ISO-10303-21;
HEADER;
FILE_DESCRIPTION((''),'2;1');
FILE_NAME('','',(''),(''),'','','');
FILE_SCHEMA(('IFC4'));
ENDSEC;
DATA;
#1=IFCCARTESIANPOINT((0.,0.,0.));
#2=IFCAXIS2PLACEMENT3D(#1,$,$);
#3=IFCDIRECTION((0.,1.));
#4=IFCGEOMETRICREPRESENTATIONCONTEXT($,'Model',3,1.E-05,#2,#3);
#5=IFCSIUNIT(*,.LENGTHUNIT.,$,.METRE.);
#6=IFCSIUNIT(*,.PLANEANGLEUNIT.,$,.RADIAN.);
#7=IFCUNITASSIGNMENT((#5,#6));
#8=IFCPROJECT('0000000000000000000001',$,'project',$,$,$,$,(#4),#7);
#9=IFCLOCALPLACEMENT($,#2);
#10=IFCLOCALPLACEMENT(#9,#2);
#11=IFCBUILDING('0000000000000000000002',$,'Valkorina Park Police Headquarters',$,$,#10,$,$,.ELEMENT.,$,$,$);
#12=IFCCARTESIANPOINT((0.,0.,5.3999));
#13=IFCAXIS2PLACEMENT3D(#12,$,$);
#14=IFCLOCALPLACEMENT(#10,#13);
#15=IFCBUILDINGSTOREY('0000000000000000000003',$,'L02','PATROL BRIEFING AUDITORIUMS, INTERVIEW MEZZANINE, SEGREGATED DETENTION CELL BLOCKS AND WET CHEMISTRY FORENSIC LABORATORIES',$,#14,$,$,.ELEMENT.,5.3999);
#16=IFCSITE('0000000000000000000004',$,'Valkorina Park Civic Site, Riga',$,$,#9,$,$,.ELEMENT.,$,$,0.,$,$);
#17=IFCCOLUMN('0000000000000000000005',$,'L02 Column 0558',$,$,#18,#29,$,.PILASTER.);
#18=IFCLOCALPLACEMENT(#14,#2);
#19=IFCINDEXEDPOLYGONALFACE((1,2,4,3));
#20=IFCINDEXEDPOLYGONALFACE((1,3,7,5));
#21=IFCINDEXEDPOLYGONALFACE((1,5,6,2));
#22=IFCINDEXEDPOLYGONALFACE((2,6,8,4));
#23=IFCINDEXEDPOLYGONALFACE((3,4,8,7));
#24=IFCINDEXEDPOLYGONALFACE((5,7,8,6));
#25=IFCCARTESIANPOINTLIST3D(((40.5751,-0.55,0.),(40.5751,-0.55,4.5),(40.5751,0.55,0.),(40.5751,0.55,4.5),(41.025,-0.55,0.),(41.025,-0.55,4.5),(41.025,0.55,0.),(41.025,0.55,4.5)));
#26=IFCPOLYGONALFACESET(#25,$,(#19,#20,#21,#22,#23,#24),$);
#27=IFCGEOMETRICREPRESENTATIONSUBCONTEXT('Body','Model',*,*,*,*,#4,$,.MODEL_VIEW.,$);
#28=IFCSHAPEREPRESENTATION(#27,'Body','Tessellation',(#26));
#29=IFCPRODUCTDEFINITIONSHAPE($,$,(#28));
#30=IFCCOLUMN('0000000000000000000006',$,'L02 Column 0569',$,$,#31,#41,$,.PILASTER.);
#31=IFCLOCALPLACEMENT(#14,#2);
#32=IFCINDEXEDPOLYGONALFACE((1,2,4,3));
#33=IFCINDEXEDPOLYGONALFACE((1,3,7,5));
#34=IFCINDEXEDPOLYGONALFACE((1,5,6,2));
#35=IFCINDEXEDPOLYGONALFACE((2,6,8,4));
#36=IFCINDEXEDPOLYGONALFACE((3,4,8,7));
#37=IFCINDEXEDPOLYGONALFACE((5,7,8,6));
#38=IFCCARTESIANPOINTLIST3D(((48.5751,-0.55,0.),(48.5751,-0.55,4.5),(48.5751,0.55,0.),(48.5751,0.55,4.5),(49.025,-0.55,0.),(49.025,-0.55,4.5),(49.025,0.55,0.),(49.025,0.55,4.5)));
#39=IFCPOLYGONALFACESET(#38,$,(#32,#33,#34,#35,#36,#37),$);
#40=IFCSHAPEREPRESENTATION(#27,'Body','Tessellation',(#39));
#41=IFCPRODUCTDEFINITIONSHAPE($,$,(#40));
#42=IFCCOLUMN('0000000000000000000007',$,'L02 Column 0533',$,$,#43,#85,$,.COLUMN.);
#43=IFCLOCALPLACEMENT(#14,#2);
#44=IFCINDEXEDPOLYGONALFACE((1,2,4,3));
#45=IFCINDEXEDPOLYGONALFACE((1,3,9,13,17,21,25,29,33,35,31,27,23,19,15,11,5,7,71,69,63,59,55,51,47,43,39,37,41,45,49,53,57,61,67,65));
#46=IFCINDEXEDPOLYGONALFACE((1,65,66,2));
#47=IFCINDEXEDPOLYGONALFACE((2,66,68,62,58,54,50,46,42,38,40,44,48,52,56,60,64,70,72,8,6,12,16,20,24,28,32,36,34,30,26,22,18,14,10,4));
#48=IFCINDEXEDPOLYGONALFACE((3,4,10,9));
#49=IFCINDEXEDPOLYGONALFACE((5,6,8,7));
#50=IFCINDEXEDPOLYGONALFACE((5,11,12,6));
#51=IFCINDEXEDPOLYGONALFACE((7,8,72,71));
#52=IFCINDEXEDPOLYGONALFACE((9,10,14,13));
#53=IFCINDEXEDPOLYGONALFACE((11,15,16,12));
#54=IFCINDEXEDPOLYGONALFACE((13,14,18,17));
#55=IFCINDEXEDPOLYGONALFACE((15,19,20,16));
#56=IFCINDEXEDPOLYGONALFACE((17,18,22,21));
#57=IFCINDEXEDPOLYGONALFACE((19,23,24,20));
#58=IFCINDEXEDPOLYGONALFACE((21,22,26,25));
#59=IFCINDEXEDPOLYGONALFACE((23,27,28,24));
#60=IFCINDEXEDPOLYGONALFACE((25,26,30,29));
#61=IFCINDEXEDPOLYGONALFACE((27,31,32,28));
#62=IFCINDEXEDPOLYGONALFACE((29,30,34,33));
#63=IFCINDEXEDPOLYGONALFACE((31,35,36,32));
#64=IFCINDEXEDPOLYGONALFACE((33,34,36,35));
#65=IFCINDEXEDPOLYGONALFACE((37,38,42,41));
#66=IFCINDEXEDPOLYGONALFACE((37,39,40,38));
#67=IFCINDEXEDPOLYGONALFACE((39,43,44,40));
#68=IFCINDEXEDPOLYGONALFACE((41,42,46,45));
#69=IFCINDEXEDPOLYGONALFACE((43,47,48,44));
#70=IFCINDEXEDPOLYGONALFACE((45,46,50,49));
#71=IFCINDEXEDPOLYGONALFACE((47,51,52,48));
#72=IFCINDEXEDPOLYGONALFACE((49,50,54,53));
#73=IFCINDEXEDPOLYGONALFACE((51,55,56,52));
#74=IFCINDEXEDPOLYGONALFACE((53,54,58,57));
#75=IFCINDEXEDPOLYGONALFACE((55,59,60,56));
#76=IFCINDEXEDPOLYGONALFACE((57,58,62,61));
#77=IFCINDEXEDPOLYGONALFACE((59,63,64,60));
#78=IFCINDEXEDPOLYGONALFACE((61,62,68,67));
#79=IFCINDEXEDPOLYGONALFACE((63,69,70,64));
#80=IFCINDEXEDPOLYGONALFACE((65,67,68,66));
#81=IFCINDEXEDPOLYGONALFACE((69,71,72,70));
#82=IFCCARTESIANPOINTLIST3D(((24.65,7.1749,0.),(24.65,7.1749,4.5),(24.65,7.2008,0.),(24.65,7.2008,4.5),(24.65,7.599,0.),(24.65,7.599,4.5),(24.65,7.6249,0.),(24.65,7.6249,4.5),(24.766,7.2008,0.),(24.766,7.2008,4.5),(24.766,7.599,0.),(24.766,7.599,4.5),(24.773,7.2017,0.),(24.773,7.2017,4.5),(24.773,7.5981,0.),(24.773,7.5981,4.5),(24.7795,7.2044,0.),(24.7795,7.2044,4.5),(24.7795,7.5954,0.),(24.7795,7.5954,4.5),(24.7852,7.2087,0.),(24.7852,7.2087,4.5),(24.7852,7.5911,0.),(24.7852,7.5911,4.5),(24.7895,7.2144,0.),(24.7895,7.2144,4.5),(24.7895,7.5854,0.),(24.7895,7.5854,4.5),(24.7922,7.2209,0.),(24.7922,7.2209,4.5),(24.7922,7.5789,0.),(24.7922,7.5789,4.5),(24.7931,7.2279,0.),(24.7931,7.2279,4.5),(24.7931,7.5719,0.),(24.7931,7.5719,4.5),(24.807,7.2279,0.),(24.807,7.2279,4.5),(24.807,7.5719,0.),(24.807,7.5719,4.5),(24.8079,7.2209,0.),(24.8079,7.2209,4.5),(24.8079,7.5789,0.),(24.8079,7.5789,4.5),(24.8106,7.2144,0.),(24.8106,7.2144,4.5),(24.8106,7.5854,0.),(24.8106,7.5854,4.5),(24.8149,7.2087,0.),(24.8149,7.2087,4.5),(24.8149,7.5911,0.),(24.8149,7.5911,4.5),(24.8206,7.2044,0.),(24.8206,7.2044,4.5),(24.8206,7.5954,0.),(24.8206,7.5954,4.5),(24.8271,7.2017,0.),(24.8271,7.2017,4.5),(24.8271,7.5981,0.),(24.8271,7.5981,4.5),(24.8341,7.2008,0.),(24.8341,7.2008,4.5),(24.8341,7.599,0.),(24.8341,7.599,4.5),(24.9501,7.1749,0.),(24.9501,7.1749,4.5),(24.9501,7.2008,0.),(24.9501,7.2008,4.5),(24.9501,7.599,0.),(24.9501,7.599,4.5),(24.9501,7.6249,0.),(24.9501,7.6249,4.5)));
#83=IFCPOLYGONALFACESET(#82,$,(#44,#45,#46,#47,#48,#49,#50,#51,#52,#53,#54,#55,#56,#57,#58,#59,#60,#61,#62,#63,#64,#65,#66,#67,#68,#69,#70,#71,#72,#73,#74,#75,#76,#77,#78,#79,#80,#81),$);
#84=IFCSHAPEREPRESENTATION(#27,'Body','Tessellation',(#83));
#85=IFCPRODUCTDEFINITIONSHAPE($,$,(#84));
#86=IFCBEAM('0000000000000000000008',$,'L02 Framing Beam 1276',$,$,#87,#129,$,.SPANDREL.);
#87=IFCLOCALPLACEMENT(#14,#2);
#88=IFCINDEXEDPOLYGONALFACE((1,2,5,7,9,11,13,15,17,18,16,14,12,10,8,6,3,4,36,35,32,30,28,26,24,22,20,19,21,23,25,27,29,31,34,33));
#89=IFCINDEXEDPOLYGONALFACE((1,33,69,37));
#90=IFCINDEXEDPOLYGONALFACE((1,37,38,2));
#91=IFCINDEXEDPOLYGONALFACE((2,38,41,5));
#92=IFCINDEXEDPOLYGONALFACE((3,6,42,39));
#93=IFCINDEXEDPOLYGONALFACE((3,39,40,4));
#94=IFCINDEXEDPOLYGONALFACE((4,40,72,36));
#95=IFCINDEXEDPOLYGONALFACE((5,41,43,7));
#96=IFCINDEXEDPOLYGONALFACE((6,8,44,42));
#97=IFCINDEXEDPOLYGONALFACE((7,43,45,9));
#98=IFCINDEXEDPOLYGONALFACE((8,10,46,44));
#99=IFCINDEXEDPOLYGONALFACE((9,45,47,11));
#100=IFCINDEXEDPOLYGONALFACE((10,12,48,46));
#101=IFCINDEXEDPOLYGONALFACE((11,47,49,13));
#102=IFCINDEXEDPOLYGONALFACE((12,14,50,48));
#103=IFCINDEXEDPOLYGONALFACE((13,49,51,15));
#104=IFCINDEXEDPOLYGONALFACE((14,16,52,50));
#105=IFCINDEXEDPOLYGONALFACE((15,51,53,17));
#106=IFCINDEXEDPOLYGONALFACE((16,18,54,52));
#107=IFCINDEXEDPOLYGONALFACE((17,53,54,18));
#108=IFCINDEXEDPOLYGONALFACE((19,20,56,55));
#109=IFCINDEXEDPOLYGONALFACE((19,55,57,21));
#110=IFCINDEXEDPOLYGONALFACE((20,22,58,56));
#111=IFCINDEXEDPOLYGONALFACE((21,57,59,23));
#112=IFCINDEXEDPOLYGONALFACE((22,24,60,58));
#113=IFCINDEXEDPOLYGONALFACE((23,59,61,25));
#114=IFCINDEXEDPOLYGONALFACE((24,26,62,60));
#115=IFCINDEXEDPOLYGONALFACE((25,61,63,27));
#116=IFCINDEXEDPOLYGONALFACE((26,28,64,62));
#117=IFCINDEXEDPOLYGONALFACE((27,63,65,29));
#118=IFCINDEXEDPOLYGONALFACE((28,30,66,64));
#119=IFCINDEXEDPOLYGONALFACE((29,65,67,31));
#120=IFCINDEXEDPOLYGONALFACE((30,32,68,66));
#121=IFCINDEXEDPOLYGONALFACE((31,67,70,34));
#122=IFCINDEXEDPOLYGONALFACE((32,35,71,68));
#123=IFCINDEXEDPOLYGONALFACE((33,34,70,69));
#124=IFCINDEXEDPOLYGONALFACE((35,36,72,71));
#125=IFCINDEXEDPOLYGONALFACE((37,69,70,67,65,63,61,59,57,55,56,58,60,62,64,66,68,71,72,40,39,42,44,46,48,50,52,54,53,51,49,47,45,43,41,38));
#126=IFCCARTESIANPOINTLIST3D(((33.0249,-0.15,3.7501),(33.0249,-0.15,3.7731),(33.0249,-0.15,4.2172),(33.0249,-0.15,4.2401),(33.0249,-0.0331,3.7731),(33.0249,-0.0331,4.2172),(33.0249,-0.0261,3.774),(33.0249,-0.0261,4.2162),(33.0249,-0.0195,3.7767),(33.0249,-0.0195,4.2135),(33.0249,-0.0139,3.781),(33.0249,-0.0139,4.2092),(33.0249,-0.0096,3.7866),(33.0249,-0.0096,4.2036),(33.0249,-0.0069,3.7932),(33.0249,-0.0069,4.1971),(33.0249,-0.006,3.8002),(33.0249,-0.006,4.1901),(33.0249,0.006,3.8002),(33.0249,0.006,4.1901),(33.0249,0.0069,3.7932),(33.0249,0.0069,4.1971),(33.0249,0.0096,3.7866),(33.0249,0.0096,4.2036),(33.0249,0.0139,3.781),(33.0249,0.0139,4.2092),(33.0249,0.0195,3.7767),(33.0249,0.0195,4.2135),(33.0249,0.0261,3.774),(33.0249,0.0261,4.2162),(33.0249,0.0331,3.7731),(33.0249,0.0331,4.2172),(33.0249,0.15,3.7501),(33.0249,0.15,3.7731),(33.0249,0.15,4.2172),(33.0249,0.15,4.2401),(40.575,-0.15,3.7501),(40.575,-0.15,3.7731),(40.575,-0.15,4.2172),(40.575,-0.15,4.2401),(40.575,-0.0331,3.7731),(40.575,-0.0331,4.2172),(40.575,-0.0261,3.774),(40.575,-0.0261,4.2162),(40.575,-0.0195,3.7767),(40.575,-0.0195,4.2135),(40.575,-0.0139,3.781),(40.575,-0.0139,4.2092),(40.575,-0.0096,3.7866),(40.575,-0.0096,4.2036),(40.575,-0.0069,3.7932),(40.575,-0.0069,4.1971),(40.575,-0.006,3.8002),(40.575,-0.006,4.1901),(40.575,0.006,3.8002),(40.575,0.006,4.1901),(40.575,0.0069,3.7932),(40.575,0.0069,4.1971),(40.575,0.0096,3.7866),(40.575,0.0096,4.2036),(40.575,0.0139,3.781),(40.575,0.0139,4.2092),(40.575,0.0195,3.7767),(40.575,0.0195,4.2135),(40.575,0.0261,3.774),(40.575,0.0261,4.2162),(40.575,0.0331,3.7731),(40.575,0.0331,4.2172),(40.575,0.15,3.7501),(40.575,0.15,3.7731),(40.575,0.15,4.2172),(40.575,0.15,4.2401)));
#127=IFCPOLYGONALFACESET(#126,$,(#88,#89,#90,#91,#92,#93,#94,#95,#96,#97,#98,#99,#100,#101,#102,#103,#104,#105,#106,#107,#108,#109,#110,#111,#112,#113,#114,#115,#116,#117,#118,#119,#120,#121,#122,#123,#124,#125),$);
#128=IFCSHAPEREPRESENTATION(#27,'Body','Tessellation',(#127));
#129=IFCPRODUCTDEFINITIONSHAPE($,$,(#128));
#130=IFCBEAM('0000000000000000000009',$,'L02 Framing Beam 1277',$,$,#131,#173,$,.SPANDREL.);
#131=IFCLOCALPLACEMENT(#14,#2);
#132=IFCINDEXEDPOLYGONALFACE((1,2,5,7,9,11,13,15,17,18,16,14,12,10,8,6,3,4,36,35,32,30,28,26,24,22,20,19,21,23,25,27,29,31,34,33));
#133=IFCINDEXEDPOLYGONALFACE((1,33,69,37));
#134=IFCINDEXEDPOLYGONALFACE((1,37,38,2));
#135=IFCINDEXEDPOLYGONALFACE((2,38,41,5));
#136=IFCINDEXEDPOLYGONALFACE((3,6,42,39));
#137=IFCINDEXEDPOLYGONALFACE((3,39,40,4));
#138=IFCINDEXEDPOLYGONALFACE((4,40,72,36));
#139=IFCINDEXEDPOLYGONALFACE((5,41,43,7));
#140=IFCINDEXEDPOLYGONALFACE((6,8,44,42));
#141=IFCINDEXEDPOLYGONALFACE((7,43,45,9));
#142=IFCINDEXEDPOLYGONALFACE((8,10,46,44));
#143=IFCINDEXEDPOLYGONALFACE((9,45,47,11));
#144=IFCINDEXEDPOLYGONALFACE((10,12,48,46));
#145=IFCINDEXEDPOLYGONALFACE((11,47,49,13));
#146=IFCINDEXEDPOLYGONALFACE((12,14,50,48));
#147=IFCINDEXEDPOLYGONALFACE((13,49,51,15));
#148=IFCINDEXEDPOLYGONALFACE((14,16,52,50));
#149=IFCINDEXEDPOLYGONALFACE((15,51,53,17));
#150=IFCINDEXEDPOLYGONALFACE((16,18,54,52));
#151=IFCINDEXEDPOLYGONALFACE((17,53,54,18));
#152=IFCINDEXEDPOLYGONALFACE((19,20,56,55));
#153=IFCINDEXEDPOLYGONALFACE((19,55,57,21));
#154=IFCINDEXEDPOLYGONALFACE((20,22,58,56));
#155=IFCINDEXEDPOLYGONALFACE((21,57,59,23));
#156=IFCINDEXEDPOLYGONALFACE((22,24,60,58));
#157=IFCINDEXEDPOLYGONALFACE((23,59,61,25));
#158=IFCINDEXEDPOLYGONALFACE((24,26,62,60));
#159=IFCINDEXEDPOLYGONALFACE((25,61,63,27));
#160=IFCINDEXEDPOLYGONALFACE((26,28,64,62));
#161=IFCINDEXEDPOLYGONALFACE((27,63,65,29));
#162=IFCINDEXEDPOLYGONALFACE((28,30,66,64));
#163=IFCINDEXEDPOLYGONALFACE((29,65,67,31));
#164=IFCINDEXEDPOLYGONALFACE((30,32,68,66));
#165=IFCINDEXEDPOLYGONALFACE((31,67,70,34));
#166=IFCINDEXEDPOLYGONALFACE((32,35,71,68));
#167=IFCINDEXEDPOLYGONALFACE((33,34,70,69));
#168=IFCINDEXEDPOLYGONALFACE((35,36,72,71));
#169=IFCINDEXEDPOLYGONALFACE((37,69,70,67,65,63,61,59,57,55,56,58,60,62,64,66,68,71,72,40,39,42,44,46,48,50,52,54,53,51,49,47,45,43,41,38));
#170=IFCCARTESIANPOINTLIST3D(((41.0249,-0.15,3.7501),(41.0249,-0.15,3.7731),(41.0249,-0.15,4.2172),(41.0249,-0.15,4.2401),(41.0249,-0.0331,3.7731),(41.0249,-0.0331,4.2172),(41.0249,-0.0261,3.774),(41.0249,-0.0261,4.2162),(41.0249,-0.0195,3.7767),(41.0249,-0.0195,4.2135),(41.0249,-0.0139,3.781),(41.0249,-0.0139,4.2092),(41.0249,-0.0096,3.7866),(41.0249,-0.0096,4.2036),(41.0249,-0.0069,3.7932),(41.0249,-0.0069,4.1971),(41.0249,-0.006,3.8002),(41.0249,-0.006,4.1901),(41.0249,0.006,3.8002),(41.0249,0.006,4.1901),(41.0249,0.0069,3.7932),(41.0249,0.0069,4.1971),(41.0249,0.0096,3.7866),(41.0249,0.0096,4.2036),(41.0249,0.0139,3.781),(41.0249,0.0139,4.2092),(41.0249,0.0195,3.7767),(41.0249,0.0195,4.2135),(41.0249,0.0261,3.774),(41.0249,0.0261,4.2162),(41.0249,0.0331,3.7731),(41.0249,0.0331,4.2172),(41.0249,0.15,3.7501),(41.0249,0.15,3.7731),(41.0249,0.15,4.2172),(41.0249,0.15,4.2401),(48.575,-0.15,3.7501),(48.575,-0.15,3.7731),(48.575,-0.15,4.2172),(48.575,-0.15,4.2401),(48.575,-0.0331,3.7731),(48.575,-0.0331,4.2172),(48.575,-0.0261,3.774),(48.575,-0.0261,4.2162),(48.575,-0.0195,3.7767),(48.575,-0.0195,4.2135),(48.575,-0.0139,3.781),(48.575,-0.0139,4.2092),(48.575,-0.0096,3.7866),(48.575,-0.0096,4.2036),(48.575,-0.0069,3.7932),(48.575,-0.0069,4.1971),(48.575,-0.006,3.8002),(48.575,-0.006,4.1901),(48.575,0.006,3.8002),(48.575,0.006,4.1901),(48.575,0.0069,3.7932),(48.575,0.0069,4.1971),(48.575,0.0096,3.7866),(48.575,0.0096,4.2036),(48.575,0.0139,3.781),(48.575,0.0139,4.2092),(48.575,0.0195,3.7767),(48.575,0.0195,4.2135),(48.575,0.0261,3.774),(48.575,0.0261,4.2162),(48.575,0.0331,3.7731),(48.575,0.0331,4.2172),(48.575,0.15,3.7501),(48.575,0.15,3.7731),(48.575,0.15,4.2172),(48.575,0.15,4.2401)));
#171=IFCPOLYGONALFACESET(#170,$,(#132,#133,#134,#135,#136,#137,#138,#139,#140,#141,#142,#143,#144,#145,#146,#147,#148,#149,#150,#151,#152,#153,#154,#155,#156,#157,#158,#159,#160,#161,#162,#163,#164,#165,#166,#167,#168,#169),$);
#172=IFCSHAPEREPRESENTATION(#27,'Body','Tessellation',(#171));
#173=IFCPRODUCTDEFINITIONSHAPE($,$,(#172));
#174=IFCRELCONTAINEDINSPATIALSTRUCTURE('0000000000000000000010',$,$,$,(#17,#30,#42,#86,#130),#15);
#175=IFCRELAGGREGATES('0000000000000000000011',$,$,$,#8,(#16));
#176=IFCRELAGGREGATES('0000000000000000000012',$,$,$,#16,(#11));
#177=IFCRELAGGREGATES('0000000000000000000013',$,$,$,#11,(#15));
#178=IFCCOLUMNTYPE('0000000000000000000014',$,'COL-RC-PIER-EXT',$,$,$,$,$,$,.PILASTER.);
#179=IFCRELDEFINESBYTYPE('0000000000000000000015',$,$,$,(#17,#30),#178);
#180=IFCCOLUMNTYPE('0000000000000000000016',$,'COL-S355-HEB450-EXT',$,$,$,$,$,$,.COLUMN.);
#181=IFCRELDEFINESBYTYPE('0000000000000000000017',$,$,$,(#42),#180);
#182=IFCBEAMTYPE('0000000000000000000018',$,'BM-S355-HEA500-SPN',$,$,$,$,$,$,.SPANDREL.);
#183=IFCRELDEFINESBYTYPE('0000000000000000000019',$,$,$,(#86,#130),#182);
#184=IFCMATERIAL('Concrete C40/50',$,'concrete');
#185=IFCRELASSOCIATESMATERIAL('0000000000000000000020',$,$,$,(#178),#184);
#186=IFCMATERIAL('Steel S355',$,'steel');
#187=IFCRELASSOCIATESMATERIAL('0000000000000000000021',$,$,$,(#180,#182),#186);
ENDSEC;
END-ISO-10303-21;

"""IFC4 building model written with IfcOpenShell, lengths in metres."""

from ifc_helpers import new_model, si_unit, direction, frame, origin, origin_2d, place, context, subcontext, project, spatial, rectangle, i_section, extrude, material, material_profile, profile_set, type_object, element, save


model = new_model("IFC4")

# Units and contexts
model_context = context("Model", 3, precision=1e-05, world=origin(), true_north=direction((0.0, 1.0)))
body_context = subcontext(model_context, "Body", "Model", "MODEL_VIEW")
ifc_project = project(units=[si_unit("LENGTHUNIT", "METRE"), si_unit("PLANEANGLEUNIT", "RADIAN")], contexts=[model_context])

# Site, building, storey
site_placement = place(None, origin())
site = spatial("IfcSite", under=ifc_project, at=site_placement, Name="Valkorina Park Civic Site, Riga", CompositionType="ELEMENT", RefElevation=0.0)
building_placement = place(site_placement, origin())
building = spatial("IfcBuilding", under=site, at=building_placement, Name="Valkorina Park Police Headquarters", CompositionType="ELEMENT")
storey_placement = place(building_placement, frame((0.0, 0.0, 5.3999)))
storey = spatial("IfcBuildingStorey", under=building, at=storey_placement, Name="L02", Description="PATROL BRIEFING AUDITORIUMS, INTERVIEW MEZZANINE, SEGREGATED DETENTION CELL BLOCKS AND WET CHEMISTRY FORENSIC LABORATORIES", CompositionType="ELEMENT", Elevation=5.3999)

# Columns
ifc_material_1 = material(Name="Concrete C40/50", Category="concrete")
ifc_material_profile_1 = material_profile(ifc_material_1, rectangle(XDim=0.45, YDim=1.1001, at=origin_2d()), Name="RC PIER 450x1100")
ifc_profile_set_1 = profile_set([ifc_material_profile_1], Name="Concrete C40/50")
column_type_1 = type_object("IfcColumnType", Name="COL-RC-PIER-EXT", PredefinedType="PILASTER", material=ifc_profile_set_1)
for number, where, z_axis, x_axis, name in (
    (1, (40.8, 0.0, 0.0), (0.0, 0.0, 1.0), (1.0, 0.0, 0.0), "L02 Column 0558"),
    (2, (48.8, 0.0, 0.0), (0.0, 0.0, 1.0), (1.0, 0.0, 0.0), "L02 Column 0569"),
):
    element("IfcColumn", number, at=place(storey_placement, frame(where, z_axis=z_axis, x_axis=x_axis)), inside=storey, type_object=column_type_1, Name=name, PredefinedType="PILASTER", context=body_context, shape_type="SweptSolid", body=[
        extrude(rectangle(XDim=0.45, YDim=1.1001, at=origin_2d()), origin(), (0.0, 0.0, 1.0), 4.5),
    ])
ifc_material_2 = material(Name="Steel S355", Category="steel")
ifc_material_profile_2 = material_profile(ifc_material_2, i_section(OverallWidth=0.3, OverallDepth=0.45, WebThickness=0.0139, FlangeThickness=0.0259, FilletRadius=0.0271, at=origin_2d()), Name="HEB 450")
ifc_profile_set_2 = profile_set([ifc_material_profile_2], Name="Steel S355")
column_type_2 = type_object("IfcColumnType", Name="COL-S355-HEB450-EXT", PredefinedType="COLUMN", material=ifc_profile_set_2)
column_placement = place(storey_placement, frame((24.8, 7.3999, 0.0), z_axis=(0.0, 0.0, 1.0), x_axis=(1.0, 0.0, 0.0)))
element("IfcColumn", 3, at=column_placement, inside=storey, type_object=column_type_2, Name="L02 Column 0533", PredefinedType="COLUMN", context=body_context, shape_type="SweptSolid", body=[
    extrude(i_section(OverallWidth=0.3, OverallDepth=0.45, WebThickness=0.0139, FlangeThickness=0.0259, FilletRadius=0.0271, at=origin_2d()), origin(), (0.0, 0.0, 1.0), 4.5),
])

# Beams
ifc_material_profile_3 = material_profile(ifc_material_2, i_section(OverallWidth=0.3, OverallDepth=0.49, WebThickness=0.012, FlangeThickness=0.0229, FilletRadius=0.0271, at=origin_2d()), Name="HEA 500")
ifc_profile_set_3 = profile_set([ifc_material_profile_3], Name="Steel S355")
beam_type = type_object("IfcBeamType", Name="BM-S355-HEA500-SPN", PredefinedType="SPANDREL", material=ifc_profile_set_3)
for number, where, z_axis, x_axis, name in (
    (4, (33.0249, 0.0, 3.9951), (1.0, 0.0, 0.0), (0.0, 1.0, 0.0), "L02 Framing Beam 1276"),
    (5, (41.0249, 0.0, 3.9951), (1.0, 0.0, 0.0), (0.0, 1.0, 0.0), "L02 Framing Beam 1277"),
):
    element("IfcBeam", number, at=place(storey_placement, frame(where, z_axis=z_axis, x_axis=x_axis)), inside=storey, type_object=beam_type, Name=name, PredefinedType="SPANDREL", context=body_context, shape_type="SweptSolid", body=[
        extrude(i_section(OverallWidth=0.3, OverallDepth=0.49, WebThickness=0.012, FlangeThickness=0.0229, FilletRadius=0.0271, at=origin_2d()), origin(), (0.0, 0.0, 1.0), 7.55),
    ])

save(model, "model.ifc")
